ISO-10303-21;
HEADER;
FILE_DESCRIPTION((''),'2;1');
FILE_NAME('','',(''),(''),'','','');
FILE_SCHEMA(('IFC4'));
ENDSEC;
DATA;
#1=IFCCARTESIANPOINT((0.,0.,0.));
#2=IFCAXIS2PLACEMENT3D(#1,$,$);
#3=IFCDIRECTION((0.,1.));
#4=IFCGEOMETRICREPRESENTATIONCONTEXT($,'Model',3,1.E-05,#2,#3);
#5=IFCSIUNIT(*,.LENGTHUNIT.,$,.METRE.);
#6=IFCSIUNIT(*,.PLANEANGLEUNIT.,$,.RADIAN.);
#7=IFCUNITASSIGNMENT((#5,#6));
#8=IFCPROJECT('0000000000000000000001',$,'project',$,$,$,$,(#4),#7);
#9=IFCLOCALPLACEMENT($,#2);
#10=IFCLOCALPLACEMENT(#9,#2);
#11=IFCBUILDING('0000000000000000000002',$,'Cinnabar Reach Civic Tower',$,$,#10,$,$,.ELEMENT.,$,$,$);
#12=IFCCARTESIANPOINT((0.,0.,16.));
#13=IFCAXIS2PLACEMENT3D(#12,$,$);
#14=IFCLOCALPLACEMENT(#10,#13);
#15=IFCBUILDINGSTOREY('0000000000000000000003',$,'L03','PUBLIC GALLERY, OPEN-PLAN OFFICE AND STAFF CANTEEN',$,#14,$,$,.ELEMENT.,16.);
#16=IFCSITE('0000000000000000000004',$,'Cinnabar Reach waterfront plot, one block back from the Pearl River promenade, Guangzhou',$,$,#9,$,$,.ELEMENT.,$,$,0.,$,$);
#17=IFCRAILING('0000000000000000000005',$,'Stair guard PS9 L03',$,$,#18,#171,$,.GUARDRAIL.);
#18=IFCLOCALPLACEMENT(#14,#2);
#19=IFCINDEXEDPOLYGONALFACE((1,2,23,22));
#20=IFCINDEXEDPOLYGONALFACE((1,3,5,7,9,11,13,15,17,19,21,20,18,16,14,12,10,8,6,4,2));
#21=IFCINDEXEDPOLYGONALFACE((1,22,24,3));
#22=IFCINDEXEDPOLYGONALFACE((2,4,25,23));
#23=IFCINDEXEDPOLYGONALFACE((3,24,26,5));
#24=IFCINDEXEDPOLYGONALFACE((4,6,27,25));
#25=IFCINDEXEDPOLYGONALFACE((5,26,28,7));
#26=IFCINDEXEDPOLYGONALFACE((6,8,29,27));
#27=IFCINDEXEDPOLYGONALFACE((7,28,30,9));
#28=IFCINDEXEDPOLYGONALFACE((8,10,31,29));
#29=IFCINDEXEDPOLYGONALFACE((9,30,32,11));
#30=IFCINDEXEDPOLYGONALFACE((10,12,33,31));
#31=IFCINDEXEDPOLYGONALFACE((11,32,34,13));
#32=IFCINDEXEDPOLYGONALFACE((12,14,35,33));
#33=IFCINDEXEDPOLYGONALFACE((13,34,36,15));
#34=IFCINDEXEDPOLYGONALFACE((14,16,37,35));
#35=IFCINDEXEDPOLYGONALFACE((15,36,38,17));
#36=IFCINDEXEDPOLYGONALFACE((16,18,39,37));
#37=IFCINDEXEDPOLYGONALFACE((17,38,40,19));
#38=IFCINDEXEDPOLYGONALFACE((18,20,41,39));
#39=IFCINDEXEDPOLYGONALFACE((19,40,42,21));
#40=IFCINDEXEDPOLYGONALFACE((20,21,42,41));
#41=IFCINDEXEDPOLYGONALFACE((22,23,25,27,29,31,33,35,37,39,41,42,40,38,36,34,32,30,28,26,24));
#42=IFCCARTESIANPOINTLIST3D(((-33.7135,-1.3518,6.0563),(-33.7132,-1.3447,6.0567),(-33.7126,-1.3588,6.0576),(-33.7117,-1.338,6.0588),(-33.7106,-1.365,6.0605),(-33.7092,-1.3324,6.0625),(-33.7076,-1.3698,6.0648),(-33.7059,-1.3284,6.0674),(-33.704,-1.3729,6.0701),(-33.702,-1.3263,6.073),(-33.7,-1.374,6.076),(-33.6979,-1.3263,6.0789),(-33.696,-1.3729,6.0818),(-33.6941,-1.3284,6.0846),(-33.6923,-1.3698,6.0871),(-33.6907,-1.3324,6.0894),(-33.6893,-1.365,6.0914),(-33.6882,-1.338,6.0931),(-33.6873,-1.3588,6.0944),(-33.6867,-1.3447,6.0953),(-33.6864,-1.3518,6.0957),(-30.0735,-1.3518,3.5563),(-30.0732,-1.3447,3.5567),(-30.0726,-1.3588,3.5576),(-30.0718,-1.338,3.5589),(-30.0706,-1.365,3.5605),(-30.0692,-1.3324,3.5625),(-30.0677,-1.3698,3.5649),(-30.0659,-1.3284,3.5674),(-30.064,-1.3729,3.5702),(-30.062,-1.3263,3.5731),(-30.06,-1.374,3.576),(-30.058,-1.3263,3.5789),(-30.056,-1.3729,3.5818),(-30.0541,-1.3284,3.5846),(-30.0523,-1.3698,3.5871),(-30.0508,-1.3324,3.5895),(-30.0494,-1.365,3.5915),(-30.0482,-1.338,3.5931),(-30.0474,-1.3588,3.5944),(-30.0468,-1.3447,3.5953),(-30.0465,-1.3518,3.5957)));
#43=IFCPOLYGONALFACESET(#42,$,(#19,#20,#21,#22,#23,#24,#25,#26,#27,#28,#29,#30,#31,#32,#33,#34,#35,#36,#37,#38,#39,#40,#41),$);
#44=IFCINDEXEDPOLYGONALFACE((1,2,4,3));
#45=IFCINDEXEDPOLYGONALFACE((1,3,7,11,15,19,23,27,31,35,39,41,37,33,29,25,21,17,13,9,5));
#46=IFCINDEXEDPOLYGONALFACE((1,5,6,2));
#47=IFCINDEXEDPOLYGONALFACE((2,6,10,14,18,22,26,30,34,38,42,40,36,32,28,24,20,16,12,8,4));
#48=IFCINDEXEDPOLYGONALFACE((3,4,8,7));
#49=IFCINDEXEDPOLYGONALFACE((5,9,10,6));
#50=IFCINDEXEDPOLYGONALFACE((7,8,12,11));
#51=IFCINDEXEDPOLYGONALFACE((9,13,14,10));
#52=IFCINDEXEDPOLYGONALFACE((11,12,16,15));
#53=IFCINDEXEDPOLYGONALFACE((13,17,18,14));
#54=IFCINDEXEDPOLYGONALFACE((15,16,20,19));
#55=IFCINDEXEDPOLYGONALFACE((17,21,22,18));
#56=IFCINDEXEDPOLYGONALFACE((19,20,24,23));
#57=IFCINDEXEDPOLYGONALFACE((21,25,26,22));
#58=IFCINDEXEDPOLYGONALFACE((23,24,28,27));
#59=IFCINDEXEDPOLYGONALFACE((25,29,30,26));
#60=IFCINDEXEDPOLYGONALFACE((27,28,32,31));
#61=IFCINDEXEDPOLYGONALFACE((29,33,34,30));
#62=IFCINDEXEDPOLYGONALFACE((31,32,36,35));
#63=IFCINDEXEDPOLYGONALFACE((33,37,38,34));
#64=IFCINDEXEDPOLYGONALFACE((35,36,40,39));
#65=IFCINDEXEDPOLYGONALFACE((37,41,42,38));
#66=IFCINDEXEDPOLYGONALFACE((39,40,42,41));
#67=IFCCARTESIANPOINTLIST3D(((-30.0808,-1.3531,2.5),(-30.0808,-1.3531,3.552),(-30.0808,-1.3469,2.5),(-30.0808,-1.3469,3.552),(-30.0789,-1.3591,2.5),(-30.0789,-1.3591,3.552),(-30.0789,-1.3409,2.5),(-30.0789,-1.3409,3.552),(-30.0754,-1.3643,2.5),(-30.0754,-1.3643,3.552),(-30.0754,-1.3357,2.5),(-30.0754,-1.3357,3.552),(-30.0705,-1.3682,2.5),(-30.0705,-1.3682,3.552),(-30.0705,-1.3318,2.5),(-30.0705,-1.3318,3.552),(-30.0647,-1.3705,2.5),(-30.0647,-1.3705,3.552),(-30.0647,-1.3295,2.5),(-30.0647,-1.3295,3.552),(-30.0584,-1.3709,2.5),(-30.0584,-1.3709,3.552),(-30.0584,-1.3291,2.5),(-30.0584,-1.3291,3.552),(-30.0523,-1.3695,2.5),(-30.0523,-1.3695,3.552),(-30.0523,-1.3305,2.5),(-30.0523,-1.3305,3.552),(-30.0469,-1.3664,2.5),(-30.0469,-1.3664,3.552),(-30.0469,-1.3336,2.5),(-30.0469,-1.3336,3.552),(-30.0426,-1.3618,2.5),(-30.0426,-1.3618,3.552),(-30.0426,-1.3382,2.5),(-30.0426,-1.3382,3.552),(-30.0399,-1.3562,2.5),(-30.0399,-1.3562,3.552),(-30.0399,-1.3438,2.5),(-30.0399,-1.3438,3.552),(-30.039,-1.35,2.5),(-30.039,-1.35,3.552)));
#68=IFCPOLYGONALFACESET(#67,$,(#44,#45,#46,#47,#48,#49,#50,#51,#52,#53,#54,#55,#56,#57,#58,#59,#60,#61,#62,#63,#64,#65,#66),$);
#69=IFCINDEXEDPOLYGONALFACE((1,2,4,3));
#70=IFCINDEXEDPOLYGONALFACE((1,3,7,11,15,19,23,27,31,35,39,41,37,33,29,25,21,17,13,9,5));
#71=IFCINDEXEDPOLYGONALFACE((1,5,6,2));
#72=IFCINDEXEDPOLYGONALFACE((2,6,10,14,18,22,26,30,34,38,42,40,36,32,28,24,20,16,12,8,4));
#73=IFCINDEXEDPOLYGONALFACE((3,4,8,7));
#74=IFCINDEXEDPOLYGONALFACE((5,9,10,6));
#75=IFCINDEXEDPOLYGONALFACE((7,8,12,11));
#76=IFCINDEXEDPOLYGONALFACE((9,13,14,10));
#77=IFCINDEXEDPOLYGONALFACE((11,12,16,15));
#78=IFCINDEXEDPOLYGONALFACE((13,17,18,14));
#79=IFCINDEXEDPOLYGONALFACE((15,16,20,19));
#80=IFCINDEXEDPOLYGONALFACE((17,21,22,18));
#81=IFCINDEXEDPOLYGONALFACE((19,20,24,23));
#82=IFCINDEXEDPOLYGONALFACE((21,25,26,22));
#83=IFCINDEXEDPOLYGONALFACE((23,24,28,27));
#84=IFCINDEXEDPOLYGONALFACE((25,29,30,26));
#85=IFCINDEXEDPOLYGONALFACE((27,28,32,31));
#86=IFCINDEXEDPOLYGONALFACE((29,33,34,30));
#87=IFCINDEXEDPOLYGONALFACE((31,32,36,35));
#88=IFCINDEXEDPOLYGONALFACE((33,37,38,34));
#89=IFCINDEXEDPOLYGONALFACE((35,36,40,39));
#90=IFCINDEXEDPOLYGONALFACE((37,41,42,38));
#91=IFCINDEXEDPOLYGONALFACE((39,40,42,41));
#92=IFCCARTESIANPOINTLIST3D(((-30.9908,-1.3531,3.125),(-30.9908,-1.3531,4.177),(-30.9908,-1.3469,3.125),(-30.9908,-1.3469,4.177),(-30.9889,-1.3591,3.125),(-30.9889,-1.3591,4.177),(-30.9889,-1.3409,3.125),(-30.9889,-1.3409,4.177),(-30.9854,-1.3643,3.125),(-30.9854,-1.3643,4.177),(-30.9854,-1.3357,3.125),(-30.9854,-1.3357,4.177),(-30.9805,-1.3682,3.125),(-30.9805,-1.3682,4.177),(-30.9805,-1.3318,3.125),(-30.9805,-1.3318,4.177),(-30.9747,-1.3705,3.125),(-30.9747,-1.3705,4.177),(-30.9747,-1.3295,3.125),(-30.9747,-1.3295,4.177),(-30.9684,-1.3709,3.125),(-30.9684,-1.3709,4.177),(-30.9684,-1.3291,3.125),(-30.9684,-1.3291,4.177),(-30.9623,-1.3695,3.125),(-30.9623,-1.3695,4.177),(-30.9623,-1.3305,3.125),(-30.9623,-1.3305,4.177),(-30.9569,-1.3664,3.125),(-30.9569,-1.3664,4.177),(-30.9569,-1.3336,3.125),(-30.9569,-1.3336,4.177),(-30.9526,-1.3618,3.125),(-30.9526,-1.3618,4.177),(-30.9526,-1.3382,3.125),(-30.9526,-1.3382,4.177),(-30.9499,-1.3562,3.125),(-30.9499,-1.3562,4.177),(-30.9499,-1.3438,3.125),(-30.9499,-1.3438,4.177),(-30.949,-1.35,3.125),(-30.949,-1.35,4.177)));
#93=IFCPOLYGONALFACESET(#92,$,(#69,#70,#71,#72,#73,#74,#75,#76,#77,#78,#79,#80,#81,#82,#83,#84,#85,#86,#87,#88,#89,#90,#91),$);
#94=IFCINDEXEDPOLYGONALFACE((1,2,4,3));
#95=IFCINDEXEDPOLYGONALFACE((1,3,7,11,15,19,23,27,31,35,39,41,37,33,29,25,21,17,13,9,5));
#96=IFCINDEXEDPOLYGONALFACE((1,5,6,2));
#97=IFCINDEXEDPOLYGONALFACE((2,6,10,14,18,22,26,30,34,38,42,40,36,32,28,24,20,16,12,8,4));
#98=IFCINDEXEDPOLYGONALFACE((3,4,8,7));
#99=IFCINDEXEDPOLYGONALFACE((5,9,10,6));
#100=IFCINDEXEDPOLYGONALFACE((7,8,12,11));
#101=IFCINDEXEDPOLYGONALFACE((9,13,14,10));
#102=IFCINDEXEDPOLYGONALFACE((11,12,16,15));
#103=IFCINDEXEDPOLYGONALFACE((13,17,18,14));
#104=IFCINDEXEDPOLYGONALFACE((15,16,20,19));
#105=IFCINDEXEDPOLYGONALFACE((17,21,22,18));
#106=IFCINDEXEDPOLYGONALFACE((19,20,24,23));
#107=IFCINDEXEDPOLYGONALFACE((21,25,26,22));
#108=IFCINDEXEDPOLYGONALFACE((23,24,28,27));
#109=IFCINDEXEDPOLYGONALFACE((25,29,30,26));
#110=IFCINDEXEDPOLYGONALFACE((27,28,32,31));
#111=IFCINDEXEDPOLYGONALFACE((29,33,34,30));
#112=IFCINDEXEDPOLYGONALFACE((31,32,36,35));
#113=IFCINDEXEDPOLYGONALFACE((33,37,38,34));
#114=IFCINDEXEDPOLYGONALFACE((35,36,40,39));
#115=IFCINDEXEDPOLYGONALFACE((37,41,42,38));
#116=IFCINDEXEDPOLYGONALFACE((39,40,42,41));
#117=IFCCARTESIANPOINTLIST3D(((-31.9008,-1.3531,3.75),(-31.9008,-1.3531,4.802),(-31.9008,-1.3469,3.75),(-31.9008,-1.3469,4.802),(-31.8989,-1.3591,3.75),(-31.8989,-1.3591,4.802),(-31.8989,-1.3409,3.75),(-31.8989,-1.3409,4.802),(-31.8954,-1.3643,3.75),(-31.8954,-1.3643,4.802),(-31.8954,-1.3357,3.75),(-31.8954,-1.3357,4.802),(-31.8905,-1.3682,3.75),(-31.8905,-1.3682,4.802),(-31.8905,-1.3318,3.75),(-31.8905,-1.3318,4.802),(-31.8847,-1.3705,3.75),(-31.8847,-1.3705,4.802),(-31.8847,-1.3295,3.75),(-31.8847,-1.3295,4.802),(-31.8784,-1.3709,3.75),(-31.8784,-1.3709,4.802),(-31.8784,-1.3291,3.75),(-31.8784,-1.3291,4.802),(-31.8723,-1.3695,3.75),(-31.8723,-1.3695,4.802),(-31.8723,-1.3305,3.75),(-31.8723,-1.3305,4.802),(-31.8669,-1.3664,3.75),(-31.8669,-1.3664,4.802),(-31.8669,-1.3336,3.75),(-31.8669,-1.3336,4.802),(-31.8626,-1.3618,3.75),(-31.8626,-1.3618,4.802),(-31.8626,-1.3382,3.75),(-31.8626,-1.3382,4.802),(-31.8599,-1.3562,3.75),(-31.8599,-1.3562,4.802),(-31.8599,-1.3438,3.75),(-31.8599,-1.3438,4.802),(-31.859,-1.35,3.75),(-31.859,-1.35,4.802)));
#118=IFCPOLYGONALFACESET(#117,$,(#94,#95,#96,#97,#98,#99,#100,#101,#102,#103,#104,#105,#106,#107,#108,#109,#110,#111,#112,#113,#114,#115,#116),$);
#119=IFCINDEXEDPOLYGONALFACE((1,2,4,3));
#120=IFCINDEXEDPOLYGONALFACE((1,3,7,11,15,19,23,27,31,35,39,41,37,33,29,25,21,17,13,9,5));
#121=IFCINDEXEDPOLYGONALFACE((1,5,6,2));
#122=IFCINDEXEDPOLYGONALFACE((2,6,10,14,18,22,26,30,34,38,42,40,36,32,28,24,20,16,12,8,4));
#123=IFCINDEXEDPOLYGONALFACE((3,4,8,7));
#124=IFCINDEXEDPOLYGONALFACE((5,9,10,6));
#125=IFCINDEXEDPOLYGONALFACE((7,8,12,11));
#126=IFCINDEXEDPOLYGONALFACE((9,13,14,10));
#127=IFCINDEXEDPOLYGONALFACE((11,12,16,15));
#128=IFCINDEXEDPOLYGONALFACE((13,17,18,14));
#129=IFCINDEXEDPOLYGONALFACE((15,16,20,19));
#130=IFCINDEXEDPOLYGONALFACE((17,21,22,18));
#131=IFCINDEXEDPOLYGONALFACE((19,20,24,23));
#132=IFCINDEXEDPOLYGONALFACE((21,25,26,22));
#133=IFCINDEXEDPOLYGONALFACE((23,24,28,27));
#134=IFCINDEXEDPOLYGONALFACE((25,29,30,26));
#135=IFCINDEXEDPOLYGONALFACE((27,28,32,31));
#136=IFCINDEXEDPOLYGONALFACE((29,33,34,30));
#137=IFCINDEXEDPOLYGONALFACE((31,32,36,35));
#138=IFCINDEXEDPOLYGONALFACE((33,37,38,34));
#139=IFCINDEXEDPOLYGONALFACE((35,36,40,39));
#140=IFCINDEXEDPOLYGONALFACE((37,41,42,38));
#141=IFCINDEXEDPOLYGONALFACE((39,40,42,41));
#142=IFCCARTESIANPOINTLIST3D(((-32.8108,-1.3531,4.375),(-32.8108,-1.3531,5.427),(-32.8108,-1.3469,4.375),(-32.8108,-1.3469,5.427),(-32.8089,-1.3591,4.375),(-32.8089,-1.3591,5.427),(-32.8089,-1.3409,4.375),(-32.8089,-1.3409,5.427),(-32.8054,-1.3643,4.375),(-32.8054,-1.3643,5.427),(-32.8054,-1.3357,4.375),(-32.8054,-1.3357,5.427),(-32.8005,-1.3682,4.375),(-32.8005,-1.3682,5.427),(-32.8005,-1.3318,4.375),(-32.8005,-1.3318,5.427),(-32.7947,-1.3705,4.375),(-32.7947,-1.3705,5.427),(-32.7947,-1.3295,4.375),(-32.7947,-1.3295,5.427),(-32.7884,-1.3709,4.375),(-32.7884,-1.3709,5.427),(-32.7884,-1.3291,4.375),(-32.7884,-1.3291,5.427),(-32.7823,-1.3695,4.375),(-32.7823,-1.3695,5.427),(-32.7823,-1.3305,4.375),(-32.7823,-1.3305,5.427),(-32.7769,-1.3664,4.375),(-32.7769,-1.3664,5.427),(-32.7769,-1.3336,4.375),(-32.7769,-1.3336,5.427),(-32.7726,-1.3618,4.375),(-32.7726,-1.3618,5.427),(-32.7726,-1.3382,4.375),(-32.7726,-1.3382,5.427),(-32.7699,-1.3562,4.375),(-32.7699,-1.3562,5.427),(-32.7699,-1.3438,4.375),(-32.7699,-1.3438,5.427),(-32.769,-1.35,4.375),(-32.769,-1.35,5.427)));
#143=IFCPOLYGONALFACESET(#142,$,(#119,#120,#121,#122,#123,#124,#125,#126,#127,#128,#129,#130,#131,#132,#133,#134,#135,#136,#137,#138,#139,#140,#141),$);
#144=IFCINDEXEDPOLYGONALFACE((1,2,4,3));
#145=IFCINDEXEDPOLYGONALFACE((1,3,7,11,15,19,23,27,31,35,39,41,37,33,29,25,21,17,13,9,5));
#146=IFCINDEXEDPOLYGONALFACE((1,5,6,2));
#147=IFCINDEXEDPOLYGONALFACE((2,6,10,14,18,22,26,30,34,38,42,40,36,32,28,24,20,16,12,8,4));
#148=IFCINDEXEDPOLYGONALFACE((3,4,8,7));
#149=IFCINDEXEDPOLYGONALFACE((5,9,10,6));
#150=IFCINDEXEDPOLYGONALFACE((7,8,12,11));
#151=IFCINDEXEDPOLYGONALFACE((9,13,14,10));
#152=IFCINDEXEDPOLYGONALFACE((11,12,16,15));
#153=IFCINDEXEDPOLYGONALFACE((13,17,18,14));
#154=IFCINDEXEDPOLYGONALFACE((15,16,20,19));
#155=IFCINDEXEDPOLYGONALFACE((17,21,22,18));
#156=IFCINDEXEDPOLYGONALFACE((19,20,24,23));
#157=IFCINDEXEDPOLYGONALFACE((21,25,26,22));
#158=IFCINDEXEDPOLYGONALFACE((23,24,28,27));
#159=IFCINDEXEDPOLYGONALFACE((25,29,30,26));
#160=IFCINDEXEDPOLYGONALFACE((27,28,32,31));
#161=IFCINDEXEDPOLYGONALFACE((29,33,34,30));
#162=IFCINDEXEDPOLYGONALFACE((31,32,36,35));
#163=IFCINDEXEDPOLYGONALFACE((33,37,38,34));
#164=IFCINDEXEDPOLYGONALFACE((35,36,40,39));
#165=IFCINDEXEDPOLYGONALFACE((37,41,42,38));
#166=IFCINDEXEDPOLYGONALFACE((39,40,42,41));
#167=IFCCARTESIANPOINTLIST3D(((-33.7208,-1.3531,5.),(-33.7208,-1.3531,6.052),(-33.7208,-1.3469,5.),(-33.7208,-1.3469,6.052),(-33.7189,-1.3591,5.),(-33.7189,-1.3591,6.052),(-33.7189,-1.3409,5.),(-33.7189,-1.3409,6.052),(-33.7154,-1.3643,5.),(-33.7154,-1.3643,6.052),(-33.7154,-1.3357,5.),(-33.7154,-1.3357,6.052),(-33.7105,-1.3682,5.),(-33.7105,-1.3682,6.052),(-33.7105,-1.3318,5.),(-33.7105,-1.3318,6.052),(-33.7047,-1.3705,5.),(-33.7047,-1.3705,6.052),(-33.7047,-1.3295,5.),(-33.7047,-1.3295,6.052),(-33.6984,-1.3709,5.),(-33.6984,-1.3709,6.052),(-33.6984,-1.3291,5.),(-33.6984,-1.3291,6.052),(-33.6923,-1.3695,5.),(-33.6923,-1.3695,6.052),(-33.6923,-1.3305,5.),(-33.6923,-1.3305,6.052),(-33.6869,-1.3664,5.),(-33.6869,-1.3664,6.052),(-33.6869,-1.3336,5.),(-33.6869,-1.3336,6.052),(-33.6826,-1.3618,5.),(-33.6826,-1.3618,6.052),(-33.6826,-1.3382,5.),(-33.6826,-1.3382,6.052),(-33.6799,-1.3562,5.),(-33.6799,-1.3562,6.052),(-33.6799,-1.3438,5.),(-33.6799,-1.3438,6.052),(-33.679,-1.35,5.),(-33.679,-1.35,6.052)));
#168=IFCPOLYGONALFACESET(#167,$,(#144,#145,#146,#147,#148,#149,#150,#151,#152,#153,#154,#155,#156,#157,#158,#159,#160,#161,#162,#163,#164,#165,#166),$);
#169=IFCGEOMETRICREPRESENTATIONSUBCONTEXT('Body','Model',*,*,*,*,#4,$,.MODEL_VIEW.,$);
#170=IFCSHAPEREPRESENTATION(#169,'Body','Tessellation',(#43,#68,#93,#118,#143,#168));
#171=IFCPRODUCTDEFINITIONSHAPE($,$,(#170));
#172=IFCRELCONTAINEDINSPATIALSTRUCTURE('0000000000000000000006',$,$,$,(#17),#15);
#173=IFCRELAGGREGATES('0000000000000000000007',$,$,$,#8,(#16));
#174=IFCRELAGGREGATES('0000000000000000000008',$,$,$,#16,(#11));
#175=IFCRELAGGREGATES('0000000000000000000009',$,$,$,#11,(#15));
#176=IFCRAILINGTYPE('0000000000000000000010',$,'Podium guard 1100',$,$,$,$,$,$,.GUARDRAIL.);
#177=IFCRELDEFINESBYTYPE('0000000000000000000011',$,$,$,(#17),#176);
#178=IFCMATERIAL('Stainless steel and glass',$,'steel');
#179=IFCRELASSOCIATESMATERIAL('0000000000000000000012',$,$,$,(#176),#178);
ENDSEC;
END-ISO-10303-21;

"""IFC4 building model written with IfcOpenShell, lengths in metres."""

from ifc_helpers import new_model, si_unit, direction, frame, origin, origin_2d, place, context, subcontext, project, spatial, circle, extrude, material, type_object, element, save


model = new_model("IFC4")

# Units and contexts
model_context = context("Model", 3, precision=1e-05, world=origin(), true_north=direction((0.0, 1.0)))
body_context = subcontext(model_context, "Body", "Model", "MODEL_VIEW")
ifc_project = project(units=[si_unit("LENGTHUNIT", "METRE"), si_unit("PLANEANGLEUNIT", "RADIAN")], contexts=[model_context])

# Site, building, storey
site_placement = place(None, origin())
site = spatial("IfcSite", under=ifc_project, at=site_placement, Name="Cinnabar Reach waterfront plot, one block back from the Pearl River promenade, Guangzhou", CompositionType="ELEMENT", RefElevation=0.0)
building_placement = place(site_placement, origin())
building = spatial("IfcBuilding", under=site, at=building_placement, Name="Cinnabar Reach Civic Tower", CompositionType="ELEMENT")
storey_placement = place(building_placement, frame((0.0, 0.0, 16.0)))
storey = spatial("IfcBuildingStorey", under=building, at=storey_placement, Name="L03", Description="PUBLIC GALLERY, OPEN-PLAN OFFICE AND STAFF CANTEEN", CompositionType="ELEMENT", Elevation=16.0)

# Railing
ifc_material_1 = material(Name="Stainless steel and glass", Category="steel")
railing_type_1 = type_object("IfcRailingType", Name="Podium guard 1100", PredefinedType="GUARDRAIL", material=ifc_material_1)
railing_1_placement = place(storey_placement, frame((-30.06, -1.35, 2.5)))
element("IfcRailing", 1, at=railing_1_placement, inside=storey, type_object=railing_type_1, Name="Stair guard PS9 L03", PredefinedType="GUARDRAIL", context=body_context, shape_type="SweptSolid", body=[
    extrude(circle(Radius=0.024, at=origin_2d()), frame((0.0, 0.0, 1.076), z_axis=(-0.824306, 0.0, 0.566144), x_axis=(0.0, -1.0, 0.0)), (0.0, 0.0, 1.0), 4.4158),
    extrude(circle(Radius=0.021, at=origin_2d()), origin(), (0.0, 0.0, 1.0), 1.052),
    extrude(circle(Radius=0.021, at=origin_2d()), frame((-0.91, 0.0, 0.625)), (0.0, 0.0, 1.0), 1.052),
    extrude(circle(Radius=0.021, at=origin_2d()), frame((-1.82, 0.0, 1.25)), (0.0, 0.0, 1.0), 1.052),
    extrude(circle(Radius=0.021, at=origin_2d()), frame((-2.73, 0.0, 1.875)), (0.0, 0.0, 1.0), 1.052),
    extrude(circle(Radius=0.021, at=origin_2d()), frame((-3.64, 0.0, 2.5)), (0.0, 0.0, 1.0), 1.052),
])

save(model, "model.ifc")
